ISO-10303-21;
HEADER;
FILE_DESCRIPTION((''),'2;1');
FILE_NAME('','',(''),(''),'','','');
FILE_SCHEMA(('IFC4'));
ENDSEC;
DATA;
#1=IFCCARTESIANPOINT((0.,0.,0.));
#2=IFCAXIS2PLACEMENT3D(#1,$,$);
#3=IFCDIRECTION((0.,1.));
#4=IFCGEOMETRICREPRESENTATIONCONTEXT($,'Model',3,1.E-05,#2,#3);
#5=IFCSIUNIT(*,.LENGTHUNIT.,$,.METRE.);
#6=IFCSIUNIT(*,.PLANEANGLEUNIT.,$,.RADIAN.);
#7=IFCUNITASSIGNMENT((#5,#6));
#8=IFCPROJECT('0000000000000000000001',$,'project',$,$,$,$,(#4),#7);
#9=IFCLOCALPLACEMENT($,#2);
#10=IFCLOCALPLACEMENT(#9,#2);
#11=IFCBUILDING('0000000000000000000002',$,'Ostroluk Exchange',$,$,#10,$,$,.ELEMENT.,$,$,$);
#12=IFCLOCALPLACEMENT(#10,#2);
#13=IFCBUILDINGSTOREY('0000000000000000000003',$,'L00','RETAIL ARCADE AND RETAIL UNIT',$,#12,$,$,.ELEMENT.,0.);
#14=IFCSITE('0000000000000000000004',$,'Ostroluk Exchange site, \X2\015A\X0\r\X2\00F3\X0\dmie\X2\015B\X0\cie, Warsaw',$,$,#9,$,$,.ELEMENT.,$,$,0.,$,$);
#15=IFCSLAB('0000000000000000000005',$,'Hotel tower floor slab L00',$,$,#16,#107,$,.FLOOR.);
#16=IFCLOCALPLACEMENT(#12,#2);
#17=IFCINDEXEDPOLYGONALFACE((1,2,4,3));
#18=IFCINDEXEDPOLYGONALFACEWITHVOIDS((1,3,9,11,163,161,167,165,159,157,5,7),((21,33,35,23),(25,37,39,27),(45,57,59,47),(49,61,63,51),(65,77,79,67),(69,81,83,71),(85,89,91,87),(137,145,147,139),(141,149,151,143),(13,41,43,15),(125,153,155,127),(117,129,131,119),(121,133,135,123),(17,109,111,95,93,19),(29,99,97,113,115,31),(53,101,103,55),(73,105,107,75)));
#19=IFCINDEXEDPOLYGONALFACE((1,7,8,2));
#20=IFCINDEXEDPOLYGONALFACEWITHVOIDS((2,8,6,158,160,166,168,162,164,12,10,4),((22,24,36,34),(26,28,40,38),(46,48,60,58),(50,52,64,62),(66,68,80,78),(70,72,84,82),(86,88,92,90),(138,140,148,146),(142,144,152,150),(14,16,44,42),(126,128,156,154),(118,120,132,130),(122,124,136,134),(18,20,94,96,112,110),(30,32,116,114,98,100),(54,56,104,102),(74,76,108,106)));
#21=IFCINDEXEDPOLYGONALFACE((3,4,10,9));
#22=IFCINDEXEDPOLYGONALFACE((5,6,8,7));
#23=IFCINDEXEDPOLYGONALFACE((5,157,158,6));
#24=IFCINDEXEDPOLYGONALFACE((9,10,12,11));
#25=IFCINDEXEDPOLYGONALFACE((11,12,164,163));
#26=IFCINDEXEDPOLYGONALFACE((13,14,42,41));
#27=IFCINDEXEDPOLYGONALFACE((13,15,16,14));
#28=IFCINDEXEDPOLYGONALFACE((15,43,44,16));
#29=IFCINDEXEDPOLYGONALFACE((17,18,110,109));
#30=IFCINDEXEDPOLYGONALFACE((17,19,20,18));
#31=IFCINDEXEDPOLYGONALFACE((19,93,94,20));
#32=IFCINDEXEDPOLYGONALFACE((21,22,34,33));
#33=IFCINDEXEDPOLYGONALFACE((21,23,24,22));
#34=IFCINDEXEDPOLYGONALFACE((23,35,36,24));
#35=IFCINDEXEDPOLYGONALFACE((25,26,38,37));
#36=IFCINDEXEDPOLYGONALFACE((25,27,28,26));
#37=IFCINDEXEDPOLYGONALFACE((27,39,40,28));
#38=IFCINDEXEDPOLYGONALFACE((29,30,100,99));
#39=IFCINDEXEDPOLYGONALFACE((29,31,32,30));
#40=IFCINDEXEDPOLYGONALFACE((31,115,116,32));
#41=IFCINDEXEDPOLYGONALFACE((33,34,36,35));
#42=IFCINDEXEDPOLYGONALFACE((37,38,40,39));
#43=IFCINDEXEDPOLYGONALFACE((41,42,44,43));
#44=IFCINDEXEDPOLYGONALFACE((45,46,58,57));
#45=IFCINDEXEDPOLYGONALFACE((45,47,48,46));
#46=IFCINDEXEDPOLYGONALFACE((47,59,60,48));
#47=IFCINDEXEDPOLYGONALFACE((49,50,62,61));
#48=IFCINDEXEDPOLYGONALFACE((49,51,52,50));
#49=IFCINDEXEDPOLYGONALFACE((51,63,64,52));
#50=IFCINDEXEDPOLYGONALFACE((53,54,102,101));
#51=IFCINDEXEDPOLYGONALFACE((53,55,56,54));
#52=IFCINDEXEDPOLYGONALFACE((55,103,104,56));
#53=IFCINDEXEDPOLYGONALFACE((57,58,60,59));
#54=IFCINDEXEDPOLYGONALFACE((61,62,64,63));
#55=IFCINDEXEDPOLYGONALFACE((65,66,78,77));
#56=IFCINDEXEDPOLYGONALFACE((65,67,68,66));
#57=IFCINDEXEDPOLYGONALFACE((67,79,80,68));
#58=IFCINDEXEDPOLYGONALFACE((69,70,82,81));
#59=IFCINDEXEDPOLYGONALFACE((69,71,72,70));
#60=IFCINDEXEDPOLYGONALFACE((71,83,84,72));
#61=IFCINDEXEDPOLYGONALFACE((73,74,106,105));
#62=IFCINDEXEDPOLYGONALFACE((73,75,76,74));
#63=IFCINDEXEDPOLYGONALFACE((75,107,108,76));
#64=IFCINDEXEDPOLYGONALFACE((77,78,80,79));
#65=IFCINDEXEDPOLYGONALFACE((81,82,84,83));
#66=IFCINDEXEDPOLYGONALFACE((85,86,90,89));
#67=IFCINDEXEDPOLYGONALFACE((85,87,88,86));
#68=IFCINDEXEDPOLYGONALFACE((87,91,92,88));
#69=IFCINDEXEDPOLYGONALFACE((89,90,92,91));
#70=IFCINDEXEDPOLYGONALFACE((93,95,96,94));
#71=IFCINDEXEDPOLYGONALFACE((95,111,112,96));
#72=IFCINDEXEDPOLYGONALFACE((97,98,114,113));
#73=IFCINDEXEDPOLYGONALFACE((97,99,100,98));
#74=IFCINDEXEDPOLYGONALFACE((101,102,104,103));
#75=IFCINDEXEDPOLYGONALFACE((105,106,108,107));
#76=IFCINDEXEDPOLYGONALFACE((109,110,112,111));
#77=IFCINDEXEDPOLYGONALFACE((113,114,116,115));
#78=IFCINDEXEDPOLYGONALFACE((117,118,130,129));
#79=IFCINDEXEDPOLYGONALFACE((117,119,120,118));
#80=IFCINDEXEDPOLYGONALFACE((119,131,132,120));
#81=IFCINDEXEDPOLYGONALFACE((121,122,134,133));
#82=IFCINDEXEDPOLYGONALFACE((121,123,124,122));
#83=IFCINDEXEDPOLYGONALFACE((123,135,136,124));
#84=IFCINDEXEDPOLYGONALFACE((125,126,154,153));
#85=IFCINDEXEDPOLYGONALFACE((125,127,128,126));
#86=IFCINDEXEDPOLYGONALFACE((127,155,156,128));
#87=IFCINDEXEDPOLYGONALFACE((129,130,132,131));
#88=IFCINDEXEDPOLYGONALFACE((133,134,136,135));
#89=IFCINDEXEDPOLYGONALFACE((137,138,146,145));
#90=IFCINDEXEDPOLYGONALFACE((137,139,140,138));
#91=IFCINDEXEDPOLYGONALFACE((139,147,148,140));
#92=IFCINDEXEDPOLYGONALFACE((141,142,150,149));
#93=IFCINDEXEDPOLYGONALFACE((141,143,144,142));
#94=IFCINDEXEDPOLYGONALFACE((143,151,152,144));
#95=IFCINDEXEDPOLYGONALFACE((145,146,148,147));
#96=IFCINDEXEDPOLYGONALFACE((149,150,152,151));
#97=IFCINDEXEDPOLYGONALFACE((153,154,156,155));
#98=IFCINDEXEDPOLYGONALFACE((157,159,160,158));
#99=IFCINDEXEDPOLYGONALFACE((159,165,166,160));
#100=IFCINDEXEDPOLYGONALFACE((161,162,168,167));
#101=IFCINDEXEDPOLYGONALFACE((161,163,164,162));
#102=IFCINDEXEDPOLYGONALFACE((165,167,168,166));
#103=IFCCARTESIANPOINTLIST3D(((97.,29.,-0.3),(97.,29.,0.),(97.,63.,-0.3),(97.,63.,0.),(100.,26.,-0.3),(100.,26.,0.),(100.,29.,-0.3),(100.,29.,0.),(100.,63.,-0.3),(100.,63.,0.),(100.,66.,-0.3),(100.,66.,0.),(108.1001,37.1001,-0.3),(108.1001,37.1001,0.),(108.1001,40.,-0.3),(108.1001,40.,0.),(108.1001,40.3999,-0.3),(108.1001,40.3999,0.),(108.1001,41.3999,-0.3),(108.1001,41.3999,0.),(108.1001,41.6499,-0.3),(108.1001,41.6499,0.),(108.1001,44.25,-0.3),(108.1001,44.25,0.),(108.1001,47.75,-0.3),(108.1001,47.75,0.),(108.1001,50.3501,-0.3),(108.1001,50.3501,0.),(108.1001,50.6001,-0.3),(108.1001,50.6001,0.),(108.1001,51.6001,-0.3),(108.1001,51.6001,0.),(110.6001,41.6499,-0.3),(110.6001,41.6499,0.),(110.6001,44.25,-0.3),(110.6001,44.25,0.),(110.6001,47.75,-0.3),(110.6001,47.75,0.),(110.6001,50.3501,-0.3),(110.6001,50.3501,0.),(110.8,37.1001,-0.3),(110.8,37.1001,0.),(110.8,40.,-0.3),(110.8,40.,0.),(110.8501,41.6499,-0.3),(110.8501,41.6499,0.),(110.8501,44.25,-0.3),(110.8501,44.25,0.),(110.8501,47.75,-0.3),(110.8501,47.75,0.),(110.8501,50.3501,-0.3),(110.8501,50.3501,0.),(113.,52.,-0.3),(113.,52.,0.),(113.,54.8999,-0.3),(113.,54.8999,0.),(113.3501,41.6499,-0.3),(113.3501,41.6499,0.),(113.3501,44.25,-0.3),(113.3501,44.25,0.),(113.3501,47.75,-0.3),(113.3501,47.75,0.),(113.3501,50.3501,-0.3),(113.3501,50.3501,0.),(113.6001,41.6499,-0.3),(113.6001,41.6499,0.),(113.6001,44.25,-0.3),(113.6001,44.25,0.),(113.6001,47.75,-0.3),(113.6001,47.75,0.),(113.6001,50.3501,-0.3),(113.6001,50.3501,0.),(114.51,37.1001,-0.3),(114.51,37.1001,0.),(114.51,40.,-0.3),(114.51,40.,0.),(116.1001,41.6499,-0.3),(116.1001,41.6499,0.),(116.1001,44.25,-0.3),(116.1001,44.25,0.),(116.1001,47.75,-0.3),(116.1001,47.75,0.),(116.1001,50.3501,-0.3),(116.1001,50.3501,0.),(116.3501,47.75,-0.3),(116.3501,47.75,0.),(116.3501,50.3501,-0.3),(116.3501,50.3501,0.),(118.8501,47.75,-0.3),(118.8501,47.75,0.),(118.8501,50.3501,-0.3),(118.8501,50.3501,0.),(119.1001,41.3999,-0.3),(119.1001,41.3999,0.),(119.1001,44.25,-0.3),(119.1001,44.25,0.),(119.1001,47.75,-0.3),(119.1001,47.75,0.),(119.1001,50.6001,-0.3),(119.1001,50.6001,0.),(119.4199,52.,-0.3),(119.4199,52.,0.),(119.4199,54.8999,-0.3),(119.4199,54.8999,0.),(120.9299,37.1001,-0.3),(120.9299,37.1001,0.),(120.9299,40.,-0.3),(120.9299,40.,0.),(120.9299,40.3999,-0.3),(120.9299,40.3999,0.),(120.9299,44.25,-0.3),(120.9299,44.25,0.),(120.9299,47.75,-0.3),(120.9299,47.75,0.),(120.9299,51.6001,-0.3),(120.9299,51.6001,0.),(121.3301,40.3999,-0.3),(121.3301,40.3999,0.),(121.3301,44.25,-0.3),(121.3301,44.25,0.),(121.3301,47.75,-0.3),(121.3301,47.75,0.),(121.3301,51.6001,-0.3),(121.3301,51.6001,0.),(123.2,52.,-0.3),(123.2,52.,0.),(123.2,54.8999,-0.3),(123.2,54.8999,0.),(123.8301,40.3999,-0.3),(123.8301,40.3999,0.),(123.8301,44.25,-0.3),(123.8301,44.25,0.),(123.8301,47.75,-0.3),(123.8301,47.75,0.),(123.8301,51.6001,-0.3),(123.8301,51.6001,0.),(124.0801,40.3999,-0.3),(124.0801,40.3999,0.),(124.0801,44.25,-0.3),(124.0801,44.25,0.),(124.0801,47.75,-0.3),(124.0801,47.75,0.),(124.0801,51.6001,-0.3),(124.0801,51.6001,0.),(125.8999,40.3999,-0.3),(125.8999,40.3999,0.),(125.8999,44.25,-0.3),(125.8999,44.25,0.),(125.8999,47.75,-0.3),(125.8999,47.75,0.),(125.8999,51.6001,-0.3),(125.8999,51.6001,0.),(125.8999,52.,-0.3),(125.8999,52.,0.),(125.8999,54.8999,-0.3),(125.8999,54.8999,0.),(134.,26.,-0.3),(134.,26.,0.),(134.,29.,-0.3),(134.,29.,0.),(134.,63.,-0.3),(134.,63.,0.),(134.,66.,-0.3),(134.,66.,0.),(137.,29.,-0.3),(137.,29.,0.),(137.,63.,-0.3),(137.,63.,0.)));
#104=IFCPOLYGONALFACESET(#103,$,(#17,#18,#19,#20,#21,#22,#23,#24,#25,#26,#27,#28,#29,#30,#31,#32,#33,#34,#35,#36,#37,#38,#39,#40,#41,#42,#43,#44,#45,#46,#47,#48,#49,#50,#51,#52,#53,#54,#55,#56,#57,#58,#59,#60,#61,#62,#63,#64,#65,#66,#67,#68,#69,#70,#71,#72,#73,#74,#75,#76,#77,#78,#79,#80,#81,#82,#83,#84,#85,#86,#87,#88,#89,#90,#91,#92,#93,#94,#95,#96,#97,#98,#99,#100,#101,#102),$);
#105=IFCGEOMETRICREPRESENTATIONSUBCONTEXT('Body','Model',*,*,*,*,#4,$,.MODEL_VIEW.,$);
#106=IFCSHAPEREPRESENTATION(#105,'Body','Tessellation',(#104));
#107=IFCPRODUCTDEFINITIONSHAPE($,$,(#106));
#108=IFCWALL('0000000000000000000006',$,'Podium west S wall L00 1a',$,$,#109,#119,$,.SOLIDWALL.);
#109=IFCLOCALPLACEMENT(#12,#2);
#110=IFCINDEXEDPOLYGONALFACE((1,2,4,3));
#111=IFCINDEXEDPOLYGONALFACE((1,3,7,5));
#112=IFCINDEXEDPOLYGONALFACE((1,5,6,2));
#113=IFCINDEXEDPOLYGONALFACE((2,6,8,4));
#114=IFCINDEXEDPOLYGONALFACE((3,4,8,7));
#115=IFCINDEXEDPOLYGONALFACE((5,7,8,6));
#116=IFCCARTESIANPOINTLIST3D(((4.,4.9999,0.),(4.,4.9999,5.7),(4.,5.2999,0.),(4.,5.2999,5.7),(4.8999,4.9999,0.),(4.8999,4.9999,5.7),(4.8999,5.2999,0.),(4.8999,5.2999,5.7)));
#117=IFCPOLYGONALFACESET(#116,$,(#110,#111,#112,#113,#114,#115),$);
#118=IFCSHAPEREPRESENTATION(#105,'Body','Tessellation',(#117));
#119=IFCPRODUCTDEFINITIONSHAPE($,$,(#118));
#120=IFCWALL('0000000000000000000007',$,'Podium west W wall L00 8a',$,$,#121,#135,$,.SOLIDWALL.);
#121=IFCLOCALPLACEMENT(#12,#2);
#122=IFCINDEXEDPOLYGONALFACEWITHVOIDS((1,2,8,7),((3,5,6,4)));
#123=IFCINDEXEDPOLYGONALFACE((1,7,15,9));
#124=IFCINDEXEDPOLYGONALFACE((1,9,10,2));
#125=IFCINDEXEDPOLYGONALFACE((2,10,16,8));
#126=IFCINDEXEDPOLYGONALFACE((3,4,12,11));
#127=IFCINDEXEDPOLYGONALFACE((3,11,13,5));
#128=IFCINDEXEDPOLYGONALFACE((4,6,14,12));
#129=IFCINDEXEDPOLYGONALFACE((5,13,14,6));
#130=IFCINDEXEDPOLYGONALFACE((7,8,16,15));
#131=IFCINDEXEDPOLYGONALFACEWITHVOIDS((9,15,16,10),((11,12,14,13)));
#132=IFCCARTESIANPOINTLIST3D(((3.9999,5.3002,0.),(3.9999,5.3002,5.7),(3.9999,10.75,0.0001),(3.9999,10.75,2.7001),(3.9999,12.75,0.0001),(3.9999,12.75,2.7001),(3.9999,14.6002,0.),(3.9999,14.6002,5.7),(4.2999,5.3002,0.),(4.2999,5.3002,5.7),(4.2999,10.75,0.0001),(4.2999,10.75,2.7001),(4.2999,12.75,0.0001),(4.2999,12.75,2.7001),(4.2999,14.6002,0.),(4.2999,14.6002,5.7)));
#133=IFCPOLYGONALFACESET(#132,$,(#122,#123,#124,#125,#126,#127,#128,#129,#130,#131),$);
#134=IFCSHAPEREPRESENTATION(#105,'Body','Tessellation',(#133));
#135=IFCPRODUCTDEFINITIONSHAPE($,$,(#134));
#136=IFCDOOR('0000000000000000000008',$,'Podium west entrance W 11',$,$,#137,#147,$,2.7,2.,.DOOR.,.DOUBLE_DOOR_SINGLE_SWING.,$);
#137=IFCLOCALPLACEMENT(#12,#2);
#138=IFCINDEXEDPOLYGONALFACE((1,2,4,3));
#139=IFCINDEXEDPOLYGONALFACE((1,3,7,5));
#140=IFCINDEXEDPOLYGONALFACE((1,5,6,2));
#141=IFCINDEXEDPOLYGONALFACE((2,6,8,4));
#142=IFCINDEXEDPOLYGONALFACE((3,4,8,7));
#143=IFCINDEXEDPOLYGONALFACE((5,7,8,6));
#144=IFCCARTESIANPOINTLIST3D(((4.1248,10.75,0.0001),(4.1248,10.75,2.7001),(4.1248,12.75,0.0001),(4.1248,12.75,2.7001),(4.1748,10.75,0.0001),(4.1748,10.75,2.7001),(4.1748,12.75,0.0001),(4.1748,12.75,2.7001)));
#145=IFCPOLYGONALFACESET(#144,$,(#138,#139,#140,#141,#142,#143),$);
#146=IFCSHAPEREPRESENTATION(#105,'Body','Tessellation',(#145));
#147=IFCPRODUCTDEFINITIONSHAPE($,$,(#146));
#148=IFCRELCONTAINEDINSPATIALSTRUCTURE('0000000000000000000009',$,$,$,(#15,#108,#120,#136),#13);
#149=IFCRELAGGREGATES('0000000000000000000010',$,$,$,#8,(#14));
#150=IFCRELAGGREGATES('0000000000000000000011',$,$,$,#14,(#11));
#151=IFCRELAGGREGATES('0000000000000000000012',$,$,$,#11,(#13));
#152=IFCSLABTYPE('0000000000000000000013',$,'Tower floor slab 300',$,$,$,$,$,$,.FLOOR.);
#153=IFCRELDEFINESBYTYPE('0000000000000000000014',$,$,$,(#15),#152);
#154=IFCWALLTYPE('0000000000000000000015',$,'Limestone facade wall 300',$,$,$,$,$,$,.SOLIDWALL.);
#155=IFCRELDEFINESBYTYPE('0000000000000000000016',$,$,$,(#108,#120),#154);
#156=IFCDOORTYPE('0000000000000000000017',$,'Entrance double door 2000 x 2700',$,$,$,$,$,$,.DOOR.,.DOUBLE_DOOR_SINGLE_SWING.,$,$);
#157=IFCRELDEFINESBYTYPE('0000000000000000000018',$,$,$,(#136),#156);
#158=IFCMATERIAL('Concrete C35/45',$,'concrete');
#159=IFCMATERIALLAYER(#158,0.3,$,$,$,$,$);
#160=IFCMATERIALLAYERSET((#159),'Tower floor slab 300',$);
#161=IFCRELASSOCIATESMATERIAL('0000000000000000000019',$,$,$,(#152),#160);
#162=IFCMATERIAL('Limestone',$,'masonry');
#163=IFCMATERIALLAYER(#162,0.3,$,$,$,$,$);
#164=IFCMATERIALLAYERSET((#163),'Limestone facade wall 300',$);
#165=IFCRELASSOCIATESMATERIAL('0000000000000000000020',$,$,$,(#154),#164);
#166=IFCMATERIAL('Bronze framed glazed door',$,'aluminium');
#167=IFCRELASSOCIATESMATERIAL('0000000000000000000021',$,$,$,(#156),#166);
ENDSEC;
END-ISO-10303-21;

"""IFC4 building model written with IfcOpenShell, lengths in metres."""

from ifc_helpers import new_model, si_unit, direction, frame, frame_2d, origin, place, context, subcontext, project, spatial, polyline, rectangle, outline, extrude, material, layer, layer_set, type_object, element, fill, save


model = new_model("IFC4")

# Units and contexts
model_context = context("Model", 3, precision=1e-05, world=origin(), true_north=direction((0.0, 1.0)))
body_context = subcontext(model_context, "Body", "Model", "MODEL_VIEW")
ifc_project = project(units=[si_unit("LENGTHUNIT", "METRE"), si_unit("PLANEANGLEUNIT", "RADIAN")], contexts=[model_context])

# Site, building, storey
site_placement = place(None, origin())
site = spatial("IfcSite", under=ifc_project, at=site_placement, Name="Ostroluk Exchange site, Śródmieście, Warsaw", CompositionType="ELEMENT", RefElevation=0.0)
building_placement = place(site_placement, origin())
building = spatial("IfcBuilding", under=site, at=building_placement, Name="Ostroluk Exchange", CompositionType="ELEMENT")
storey_placement = place(building_placement, origin())
storey = spatial("IfcBuildingStorey", under=building, at=storey_placement, Name="L00", Description="RETAIL ARCADE AND RETAIL UNIT", CompositionType="ELEMENT", Elevation=0.0)

# Slab
ifc_material_1 = material(Name="Concrete C35/45", Category="concrete")
ifc_layer_1 = layer(ifc_material_1, 0.3)
ifc_layer_set_1 = layer_set([ifc_layer_1], Name="Tower floor slab 300")
slab_type_1 = type_object("IfcSlabType", Name="Tower floor slab 300", PredefinedType="FLOOR", material=ifc_layer_set_1)
slab_1_placement = place(storey_placement, frame((0.0, 0.0, -0.3)))
element("IfcSlab", 1, at=slab_1_placement, inside=storey, type_object=slab_type_1, Name="Hotel tower floor slab L00", PredefinedType="FLOOR", context=body_context, shape_type="SweptSolid", body=[
    extrude(outline(polyline([(100.0, 26.0), (134.0, 26.0), (134.0, 29.0), (137.0, 29.0), (137.0, 63.0), (134.0, 63.0), (134.0, 66.0), (100.0, 66.0), (100.0, 63.0), (97.0, 63.0), (97.0, 29.0), (100.0, 29.0), (100.0, 26.0)]), holes=[polyline([(108.1001, 37.1001), (110.8, 37.1001), (110.8, 40.0), (108.1001, 40.0), (108.1001, 37.1001)]), polyline([(114.51, 37.1001), (120.9299, 37.1001), (120.9299, 40.0), (114.51, 40.0), (114.51, 37.1001)]), polyline([(113.0, 52.0), (119.4199, 52.0), (119.4199, 54.8999), (113.0, 54.8999), (113.0, 52.0)]), polyline([(123.2, 52.0), (125.8999, 52.0), (125.8999, 54.8999), (123.2, 54.8999), (123.2, 52.0)]), polyline([(108.1001, 47.75), (110.6001, 47.75), (110.6001, 50.3501), (108.1001, 50.3501), (108.1001, 47.75)]), polyline([(110.8501, 47.75), (113.3501, 47.75), (113.3501, 50.3501), (110.8501, 50.3501), (110.8501, 47.75)]), polyline([(113.6001, 47.75), (116.1001, 47.75), (116.1001, 50.3501), (113.6001, 50.3501), (113.6001, 47.75)]), polyline([(116.3501, 47.75), (118.8501, 47.75), (118.8501, 50.3501), (116.3501, 50.3501), (116.3501, 47.75)]), polyline([(108.1001, 41.6499), (110.6001, 41.6499), (110.6001, 44.25), (108.1001, 44.25), (108.1001, 41.6499)]), polyline([(110.8501, 41.6499), (113.3501, 41.6499), (113.3501, 44.25), (110.8501, 44.25), (110.8501, 41.6499)]), polyline([(113.6001, 41.6499), (116.1001, 41.6499), (116.1001, 44.25), (113.6001, 44.25), (113.6001, 41.6499)]), polyline([(121.3301, 47.75), (123.8301, 47.75), (123.8301, 51.6001), (121.3301, 51.6001), (121.3301, 47.75)]), polyline([(121.3301, 40.3999), (123.8301, 40.3999), (123.8301, 44.25), (121.3301, 44.25), (121.3301, 40.3999)]), polyline([(120.9299, 51.6001), (120.9299, 47.75), (119.1001, 47.75), (119.1001, 50.6001), (108.1001, 50.6001), (108.1001, 51.6001), (120.9299, 51.6001)]), polyline([(108.1001, 40.3999), (108.1001, 41.3999), (119.1001, 41.3999), (119.1001, 44.25), (120.9299, 44.25), (120.9299, 40.3999), (108.1001, 40.3999)]), polyline([(124.0801, 47.75), (125.8999, 47.75), (125.8999, 51.6001), (124.0801, 51.6001), (124.0801, 47.75)]), polyline([(124.0801, 40.3999), (125.8999, 40.3999), (125.8999, 44.25), (124.0801, 44.25), (124.0801, 40.3999)])]), origin(), (0.0, 0.0, 1.0), 0.3),
])

# Wall
ifc_material_2 = material(Name="Limestone", Category="masonry")
ifc_layer_2 = layer(ifc_material_2, 0.3)
ifc_layer_set_2 = layer_set([ifc_layer_2], Name="Limestone facade wall 300")
wall_type = type_object("IfcWallType", Name="Limestone facade wall 300", PredefinedType="SOLIDWALL", material=ifc_layer_set_2)
wall_1_placement = place(storey_placement, frame((4.0, 5.1499, 0.0), z_axis=(0.0, 0.0, 1.0), x_axis=(1.0, 0.0, 0.0)))
element("IfcWall", 2, at=wall_1_placement, inside=storey, type_object=wall_type, Name="Podium west S wall L00 1a", PredefinedType="SOLIDWALL", context=body_context, shape_type="SweptSolid", body=[
    extrude(rectangle(XDim=0.8999, YDim=0.3, at=frame_2d((0.45, 0.0))), origin(), (0.0, 0.0, 1.0), 5.7),
])

# Wall, opening, door
wall_2_placement = place(storey_placement, frame((4.1499, 14.6001, 0.0), z_axis=(0.0, 0.0, 1.0), x_axis=(0.0, -1.0, 0.0)))
wall_2 = element("IfcWall", 3, at=wall_2_placement, inside=storey, type_object=wall_type, Name="Podium west W wall L00 8a", PredefinedType="SOLIDWALL", context=body_context, shape_type="SweptSolid", body=[
    extrude(rectangle(XDim=9.3, YDim=0.3, at=frame_2d((4.6499, 0.0))), origin(), (0.0, 0.0, 1.0), 5.7),
])
opening_placement = place(wall_2_placement, frame((1.8501, 0.0, 0.0)))
opening = element("IfcOpeningElement", 4, at=opening_placement, cuts=wall_2, PredefinedType="OPENING", context=body_context, shape_type="SweptSolid", body=[
    extrude(rectangle(XDim=2.0, YDim=2.7, at=frame_2d((1.0, 1.3501))), frame((0.0, 0.1599, 0.0), z_axis=(0.0, -1.0, 0.0), x_axis=(1.0, 0.0, 0.0)), (0.0, 0.0, 1.0), 0.3201),
])
ifc_material_3 = material(Name="Bronze framed glazed door", Category="aluminium")
door_type = type_object("IfcDoorType", Name="Entrance double door 2000 x 2700", OperationType="DOUBLE_DOOR_SINGLE_SWING", PredefinedType="DOOR", material=ifc_material_3)
door_placement = place(opening_placement, origin())
door = element("IfcDoor", 5, at=door_placement, inside=storey, type_object=door_type, Name="Podium west entrance W 11", OperationType="DOUBLE_DOOR_SINGLE_SWING", OverallHeight=2.7, OverallWidth=2.0, PredefinedType="DOOR", context=body_context, shape_type="SweptSolid", body=[
    extrude(rectangle(XDim=2.0, YDim=2.7, at=frame_2d((1.0, 1.3501))), frame((0.0, 0.0249, 0.0), z_axis=(0.0, -1.0, 0.0), x_axis=(1.0, 0.0, 0.0)), (0.0, 0.0, 1.0), 0.05),
])
fill(opening, door)

save(model, "model.ifc")
